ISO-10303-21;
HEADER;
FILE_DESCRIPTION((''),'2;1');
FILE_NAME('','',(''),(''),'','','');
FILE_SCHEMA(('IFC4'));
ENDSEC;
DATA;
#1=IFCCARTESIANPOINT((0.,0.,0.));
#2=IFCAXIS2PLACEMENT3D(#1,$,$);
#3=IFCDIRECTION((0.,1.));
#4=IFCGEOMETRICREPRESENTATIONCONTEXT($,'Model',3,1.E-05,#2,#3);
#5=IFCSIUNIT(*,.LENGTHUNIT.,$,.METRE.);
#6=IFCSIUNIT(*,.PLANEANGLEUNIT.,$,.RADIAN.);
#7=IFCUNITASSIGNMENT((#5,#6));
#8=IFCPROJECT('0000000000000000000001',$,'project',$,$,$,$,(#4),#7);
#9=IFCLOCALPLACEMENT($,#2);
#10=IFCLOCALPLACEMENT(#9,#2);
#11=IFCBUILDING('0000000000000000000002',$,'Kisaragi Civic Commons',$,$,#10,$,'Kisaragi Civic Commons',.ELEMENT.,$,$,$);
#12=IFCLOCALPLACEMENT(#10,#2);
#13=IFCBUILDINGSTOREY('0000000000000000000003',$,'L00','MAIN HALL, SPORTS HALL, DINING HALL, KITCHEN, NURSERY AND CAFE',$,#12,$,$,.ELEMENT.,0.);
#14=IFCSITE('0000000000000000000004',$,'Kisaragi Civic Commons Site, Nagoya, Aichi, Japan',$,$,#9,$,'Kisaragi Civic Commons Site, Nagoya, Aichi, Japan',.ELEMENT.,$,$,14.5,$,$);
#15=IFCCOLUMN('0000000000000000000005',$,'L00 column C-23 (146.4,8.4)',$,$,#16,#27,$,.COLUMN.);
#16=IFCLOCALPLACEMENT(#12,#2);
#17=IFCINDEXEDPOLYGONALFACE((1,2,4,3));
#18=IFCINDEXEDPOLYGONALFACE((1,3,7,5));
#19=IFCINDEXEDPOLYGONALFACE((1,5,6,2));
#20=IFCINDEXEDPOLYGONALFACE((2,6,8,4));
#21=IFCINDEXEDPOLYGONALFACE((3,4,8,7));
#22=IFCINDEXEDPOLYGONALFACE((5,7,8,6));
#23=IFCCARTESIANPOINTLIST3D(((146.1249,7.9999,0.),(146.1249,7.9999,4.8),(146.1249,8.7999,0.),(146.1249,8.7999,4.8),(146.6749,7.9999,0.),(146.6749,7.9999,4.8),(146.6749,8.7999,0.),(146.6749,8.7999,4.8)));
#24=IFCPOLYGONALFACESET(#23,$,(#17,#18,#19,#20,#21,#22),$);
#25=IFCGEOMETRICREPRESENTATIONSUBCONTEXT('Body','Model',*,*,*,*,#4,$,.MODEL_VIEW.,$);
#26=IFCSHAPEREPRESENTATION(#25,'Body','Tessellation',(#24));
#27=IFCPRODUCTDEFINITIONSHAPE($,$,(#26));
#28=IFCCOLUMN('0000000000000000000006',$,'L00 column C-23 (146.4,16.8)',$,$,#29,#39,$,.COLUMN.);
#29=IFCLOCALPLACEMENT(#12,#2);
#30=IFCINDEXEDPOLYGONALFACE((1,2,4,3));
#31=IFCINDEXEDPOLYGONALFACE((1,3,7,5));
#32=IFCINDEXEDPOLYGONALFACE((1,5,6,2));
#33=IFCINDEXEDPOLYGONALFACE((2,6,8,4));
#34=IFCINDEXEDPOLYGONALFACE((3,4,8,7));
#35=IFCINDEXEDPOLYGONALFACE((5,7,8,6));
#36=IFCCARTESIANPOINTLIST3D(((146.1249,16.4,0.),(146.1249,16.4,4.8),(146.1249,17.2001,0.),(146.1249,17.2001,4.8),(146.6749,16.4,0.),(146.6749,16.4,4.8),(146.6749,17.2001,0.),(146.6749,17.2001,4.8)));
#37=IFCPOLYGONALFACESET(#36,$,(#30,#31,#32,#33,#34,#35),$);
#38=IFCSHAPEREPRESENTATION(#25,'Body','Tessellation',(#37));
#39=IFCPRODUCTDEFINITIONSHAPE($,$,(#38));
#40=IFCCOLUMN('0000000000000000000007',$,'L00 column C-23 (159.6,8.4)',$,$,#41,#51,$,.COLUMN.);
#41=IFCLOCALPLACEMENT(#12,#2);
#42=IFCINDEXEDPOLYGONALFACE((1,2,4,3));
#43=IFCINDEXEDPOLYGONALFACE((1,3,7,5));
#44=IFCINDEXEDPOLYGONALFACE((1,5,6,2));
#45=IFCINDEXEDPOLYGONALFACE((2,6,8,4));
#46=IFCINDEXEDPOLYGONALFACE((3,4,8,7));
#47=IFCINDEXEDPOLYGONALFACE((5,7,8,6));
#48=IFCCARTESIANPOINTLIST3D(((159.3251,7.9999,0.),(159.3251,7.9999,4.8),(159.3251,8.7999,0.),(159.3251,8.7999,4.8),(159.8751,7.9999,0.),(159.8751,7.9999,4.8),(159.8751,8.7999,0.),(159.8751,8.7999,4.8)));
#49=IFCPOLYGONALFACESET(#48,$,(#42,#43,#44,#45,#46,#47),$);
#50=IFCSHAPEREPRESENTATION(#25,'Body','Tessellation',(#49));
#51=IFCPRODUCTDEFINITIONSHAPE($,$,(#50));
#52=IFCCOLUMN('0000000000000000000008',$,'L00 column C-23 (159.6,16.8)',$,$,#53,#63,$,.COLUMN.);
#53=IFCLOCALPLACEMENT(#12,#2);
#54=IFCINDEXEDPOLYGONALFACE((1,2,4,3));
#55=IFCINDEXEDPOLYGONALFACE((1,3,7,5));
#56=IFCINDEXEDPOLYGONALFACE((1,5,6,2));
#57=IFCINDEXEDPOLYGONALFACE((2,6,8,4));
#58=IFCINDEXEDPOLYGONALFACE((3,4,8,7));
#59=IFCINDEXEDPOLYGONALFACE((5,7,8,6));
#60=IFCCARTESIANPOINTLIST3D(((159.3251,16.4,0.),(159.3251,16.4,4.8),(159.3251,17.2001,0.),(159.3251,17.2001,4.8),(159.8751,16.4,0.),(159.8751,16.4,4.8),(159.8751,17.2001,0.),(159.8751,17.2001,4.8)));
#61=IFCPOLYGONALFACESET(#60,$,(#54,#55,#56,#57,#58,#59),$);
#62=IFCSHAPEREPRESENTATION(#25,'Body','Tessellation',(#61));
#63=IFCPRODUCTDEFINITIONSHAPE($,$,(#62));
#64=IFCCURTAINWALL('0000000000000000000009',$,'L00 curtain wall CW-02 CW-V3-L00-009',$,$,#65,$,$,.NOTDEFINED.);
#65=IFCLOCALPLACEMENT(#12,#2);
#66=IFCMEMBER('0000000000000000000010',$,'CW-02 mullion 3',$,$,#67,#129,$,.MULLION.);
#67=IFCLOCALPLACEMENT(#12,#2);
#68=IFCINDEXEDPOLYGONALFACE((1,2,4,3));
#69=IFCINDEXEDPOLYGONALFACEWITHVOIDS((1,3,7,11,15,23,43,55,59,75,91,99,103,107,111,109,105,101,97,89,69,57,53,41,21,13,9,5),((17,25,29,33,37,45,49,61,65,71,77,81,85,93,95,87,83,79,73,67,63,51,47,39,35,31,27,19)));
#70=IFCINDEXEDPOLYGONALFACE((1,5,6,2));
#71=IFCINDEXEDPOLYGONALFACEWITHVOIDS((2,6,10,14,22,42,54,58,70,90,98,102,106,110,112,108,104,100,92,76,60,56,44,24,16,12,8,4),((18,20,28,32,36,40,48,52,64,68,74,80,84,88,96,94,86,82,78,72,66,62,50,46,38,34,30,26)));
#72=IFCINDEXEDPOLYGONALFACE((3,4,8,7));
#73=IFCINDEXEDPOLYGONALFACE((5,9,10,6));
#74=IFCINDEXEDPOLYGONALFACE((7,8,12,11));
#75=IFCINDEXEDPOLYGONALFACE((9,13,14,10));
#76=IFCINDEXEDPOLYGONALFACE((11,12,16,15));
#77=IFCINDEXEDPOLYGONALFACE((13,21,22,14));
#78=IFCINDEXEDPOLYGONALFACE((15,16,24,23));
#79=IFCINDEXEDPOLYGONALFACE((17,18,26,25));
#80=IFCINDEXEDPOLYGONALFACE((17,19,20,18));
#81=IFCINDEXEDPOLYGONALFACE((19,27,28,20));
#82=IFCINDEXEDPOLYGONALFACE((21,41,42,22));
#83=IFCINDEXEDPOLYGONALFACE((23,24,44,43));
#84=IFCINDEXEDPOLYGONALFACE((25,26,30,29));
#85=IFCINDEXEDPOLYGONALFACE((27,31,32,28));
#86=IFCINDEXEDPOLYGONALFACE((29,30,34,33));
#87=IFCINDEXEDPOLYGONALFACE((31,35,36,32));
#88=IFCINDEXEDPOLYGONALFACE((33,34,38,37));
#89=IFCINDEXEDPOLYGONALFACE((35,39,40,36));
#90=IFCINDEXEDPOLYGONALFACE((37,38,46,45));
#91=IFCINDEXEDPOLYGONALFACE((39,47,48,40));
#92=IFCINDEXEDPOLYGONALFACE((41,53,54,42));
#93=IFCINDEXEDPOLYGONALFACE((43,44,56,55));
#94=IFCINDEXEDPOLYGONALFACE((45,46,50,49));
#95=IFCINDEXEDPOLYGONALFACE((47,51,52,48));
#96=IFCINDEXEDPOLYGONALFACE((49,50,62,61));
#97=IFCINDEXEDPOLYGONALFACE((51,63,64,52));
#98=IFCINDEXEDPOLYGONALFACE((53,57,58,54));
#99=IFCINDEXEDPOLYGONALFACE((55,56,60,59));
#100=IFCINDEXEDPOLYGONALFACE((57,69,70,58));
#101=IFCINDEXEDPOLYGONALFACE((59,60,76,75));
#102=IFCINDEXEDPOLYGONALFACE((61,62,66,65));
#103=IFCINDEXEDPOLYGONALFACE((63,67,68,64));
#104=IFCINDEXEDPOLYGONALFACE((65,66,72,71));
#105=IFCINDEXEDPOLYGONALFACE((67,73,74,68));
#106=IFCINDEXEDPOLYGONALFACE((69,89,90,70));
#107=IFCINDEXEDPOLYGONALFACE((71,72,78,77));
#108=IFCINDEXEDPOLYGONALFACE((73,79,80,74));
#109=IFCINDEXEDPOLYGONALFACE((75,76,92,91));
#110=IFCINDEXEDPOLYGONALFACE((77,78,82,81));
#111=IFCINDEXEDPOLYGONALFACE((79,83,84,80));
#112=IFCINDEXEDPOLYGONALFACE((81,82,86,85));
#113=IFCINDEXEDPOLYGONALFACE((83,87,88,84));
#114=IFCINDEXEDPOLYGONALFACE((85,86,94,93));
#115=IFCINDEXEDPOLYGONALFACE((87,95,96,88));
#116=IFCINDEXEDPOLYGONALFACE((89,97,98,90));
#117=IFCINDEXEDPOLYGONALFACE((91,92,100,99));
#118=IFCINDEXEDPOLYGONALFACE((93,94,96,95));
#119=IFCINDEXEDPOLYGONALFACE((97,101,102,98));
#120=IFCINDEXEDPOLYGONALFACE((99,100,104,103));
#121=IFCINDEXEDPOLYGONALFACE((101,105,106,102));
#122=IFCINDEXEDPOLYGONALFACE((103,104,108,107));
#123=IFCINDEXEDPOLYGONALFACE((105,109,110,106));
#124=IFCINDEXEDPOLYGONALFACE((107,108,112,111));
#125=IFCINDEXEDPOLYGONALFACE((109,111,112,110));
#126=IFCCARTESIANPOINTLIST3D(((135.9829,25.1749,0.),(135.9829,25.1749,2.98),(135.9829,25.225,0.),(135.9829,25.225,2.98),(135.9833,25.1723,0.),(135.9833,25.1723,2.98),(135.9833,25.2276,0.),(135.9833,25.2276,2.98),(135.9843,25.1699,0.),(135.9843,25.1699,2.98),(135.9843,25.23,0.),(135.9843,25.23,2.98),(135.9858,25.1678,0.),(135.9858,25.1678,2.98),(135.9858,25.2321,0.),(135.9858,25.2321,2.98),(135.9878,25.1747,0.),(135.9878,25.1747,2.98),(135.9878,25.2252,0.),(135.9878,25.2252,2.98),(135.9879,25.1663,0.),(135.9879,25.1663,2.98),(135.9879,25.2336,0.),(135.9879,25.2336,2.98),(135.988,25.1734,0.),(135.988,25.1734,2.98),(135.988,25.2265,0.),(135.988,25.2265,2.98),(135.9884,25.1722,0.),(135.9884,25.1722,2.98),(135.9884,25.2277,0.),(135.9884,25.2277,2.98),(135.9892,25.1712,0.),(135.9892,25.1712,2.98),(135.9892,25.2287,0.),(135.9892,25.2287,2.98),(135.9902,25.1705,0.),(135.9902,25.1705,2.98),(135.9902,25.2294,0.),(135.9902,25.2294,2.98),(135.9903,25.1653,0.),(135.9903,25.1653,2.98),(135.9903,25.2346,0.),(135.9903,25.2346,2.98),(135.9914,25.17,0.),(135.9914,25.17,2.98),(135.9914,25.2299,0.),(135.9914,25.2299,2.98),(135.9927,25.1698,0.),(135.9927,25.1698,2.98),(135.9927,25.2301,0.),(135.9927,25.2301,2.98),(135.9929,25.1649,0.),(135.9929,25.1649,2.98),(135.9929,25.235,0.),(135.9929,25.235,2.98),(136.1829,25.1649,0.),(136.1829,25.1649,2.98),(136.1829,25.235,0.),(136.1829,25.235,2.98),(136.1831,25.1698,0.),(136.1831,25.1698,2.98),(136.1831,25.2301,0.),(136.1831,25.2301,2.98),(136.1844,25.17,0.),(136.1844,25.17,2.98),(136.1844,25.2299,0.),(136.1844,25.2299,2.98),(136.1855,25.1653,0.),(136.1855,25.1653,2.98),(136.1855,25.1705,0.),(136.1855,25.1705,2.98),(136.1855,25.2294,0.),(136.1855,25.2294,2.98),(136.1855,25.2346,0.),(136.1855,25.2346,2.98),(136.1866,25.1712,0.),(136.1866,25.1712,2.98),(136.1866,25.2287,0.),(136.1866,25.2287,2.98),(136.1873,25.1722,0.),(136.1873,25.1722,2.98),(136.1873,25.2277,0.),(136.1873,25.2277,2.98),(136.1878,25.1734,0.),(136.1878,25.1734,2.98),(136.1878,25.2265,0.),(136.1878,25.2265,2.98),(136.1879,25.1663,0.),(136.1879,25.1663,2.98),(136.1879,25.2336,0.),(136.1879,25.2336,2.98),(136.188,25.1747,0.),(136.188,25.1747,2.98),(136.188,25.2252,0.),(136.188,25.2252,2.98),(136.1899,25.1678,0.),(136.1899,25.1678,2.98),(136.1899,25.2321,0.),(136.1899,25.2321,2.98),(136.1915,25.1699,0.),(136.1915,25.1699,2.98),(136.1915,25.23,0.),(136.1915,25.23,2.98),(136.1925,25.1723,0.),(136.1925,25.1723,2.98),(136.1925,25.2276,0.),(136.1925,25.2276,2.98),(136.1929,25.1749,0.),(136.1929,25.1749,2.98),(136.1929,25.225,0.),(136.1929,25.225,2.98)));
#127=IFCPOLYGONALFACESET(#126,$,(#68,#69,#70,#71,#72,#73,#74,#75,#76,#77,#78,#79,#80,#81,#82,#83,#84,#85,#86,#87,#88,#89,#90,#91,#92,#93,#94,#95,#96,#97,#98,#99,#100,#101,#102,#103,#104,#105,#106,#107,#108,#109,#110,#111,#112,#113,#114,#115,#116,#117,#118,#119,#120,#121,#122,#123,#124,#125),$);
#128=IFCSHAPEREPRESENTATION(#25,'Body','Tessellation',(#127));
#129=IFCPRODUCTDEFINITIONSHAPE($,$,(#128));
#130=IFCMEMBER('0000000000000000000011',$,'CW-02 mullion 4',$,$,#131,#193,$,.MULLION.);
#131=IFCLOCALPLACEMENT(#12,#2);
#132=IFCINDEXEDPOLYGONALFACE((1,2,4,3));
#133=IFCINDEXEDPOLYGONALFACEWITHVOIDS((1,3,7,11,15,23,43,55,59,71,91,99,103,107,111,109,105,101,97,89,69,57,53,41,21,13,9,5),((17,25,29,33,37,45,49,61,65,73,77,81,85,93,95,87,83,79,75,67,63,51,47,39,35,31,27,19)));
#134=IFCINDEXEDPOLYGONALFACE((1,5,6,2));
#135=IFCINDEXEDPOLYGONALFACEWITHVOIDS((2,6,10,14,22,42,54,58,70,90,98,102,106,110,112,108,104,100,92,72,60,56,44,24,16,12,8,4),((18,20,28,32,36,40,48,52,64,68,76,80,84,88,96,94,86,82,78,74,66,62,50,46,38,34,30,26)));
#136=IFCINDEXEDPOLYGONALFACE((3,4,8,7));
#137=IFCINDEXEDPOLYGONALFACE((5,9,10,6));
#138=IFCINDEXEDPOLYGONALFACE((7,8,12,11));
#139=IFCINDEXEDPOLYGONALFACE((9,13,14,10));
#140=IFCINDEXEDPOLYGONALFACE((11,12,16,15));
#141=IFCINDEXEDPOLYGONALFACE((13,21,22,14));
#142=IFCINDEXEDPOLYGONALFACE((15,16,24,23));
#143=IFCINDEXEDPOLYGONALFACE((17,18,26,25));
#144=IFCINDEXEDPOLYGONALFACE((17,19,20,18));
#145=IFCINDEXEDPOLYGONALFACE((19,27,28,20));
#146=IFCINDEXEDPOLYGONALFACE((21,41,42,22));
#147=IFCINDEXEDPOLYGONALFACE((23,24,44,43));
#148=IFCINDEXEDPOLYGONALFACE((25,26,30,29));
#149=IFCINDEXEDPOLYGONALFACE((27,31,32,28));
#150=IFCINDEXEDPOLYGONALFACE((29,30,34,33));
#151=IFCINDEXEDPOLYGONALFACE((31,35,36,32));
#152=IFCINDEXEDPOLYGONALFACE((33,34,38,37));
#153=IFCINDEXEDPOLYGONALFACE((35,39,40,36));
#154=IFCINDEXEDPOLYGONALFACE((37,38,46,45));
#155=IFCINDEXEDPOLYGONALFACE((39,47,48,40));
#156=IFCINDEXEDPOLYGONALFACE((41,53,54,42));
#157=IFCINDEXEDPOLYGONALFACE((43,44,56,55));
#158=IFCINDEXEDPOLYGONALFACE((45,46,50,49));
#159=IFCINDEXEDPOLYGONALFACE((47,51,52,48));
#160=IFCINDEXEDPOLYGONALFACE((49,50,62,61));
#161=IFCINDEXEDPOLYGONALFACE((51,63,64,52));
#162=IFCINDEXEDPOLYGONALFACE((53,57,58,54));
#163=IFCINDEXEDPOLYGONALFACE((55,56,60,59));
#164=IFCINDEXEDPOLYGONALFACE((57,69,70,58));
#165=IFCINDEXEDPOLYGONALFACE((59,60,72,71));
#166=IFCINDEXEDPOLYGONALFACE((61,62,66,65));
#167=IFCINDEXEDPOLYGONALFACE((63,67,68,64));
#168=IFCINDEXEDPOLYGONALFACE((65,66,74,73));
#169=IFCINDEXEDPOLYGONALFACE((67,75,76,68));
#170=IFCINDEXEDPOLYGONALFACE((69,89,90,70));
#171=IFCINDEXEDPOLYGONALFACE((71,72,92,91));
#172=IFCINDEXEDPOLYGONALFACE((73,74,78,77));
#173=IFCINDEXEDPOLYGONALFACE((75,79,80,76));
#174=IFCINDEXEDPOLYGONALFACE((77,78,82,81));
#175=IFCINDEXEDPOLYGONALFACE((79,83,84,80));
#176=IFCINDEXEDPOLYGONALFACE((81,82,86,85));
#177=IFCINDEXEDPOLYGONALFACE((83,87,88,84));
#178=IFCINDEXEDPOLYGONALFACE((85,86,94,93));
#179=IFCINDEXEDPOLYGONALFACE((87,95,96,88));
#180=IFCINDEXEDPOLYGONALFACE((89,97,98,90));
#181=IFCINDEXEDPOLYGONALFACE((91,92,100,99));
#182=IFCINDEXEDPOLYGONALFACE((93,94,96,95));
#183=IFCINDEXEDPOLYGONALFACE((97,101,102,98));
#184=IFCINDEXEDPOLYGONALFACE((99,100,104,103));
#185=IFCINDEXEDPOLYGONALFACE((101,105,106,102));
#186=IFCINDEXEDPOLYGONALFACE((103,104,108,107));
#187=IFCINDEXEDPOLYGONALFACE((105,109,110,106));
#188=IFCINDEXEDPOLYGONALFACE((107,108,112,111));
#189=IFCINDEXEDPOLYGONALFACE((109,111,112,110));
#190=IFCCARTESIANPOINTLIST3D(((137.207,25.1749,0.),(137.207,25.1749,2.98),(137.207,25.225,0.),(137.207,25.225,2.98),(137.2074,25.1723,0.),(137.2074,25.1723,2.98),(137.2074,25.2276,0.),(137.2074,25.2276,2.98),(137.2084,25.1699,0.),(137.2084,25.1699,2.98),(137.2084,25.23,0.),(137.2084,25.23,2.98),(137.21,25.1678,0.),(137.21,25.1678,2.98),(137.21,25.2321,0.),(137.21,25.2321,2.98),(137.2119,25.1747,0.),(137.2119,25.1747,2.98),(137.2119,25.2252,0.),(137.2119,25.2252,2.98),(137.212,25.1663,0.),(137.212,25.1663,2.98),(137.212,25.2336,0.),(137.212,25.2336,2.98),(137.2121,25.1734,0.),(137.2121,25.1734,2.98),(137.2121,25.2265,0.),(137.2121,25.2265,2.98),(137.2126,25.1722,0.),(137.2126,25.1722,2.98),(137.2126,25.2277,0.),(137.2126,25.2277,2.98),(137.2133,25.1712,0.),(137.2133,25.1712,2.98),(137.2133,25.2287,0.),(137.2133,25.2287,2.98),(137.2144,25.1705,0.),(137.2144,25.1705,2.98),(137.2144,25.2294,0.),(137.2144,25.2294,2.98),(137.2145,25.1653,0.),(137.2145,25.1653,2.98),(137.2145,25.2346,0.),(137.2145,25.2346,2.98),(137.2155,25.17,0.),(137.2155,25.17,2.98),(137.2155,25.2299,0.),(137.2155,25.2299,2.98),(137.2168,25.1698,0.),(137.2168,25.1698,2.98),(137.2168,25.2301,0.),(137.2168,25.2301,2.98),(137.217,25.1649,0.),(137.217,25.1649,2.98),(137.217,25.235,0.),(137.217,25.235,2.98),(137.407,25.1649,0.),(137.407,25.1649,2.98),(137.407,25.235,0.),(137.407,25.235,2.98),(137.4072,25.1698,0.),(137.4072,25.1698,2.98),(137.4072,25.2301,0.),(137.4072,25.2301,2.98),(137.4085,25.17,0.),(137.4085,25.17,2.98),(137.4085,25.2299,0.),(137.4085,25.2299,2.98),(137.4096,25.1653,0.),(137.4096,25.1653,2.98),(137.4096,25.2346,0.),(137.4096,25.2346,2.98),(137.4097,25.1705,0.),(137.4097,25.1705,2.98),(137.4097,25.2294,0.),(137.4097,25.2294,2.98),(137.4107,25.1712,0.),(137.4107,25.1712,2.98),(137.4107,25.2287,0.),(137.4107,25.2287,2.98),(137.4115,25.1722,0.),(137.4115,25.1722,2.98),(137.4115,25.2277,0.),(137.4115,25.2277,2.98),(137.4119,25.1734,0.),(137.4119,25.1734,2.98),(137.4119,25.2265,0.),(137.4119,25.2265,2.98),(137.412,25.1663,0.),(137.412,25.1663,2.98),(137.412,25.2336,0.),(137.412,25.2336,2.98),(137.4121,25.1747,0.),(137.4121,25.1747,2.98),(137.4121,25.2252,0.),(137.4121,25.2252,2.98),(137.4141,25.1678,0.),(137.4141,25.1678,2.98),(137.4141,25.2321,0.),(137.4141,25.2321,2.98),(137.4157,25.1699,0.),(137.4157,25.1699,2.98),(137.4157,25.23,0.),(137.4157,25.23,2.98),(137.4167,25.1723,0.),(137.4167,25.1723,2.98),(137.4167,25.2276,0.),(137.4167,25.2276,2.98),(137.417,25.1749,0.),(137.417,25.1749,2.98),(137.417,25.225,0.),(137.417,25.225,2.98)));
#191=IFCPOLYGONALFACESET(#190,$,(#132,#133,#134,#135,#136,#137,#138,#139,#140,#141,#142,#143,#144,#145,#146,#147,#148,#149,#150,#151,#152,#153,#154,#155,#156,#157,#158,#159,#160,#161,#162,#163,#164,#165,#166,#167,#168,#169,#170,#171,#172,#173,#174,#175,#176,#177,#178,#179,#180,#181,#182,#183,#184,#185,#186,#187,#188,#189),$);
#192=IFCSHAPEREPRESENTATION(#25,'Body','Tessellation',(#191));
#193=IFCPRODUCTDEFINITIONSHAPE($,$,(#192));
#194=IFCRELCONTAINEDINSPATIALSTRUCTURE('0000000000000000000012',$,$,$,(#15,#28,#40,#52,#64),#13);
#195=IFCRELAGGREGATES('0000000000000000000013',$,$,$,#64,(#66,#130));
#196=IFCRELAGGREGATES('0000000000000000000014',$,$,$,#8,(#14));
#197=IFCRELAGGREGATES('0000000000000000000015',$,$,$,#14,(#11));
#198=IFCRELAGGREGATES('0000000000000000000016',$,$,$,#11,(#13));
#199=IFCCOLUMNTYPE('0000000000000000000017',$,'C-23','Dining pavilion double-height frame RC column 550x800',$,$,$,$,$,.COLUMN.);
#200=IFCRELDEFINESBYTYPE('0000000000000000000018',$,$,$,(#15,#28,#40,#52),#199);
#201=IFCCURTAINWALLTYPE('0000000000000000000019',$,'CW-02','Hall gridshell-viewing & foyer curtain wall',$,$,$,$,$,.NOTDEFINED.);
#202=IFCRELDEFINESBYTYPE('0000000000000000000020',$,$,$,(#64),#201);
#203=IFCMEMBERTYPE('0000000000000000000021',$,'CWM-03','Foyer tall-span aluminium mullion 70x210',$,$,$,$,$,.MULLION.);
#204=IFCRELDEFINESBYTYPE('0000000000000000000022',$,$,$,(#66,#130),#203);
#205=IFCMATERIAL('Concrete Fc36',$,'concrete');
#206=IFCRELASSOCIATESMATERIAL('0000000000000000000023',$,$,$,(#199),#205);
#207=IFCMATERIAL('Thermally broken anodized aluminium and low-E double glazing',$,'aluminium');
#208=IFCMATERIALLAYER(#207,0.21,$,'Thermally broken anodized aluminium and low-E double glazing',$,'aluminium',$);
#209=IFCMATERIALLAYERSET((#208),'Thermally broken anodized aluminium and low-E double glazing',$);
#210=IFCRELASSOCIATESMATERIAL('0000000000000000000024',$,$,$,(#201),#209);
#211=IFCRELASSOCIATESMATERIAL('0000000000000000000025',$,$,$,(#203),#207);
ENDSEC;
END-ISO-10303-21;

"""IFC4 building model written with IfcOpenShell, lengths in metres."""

from ifc_helpers import new_model, si_unit, direction, frame, origin, origin_2d, place, context, subcontext, project, spatial, rectangle, hollow_rectangle, extrude, material, layer, layer_set, material_profile, profile_set, type_object, element, aggregate, save


model = new_model("IFC4")

# Units and contexts
model_context = context("Model", 3, precision=1e-05, world=origin(), true_north=direction((0.0, 1.0)))
body_context = subcontext(model_context, "Body", "Model", "MODEL_VIEW")
ifc_project = project(units=[si_unit("LENGTHUNIT", "METRE"), si_unit("PLANEANGLEUNIT", "RADIAN")], contexts=[model_context])

# Site, building, storey
site_placement = place(None, origin())
site = spatial("IfcSite", under=ifc_project, at=site_placement, Name="Kisaragi Civic Commons Site, Nagoya, Aichi, Japan", LongName="Kisaragi Civic Commons Site, Nagoya, Aichi, Japan", CompositionType="ELEMENT", RefElevation=14.5)
building_placement = place(site_placement, origin())
building = spatial("IfcBuilding", under=site, at=building_placement, Name="Kisaragi Civic Commons", LongName="Kisaragi Civic Commons", CompositionType="ELEMENT")
storey_placement = place(building_placement, origin())
storey = spatial("IfcBuildingStorey", under=building, at=storey_placement, Name="L00", Description="MAIN HALL, SPORTS HALL, DINING HALL, KITCHEN, NURSERY AND CAFE", CompositionType="ELEMENT", Elevation=0.0)

# Columns
ifc_material_1 = material(Name="Concrete Fc36", Category="concrete")
ifc_material_profile_1 = material_profile(ifc_material_1, rectangle(XDim=0.55, YDim=0.8, at=origin_2d()), Name="RC-550x800", Category="concrete")
ifc_profile_set_1 = profile_set([ifc_material_profile_1], Name="Concrete Fc36")
column_type = type_object("IfcColumnType", Name="C-23", Description="Dining pavilion double-height frame RC column 550x800", PredefinedType="COLUMN", material=ifc_profile_set_1)
for number, where, z_axis, x_axis, name in (
    (1, (146.3999, 8.3999, 0.0), (0.0, 0.0, 1.0), (1.0, 0.0, 0.0), "L00 column C-23 (146.4,8.4)"),
    (2, (146.3999, 16.8, 0.0), (0.0, 0.0, 1.0), (1.0, 0.0, 0.0), "L00 column C-23 (146.4,16.8)"),
    (3, (159.6001, 8.3999, 0.0), (0.0, 0.0, 1.0), (1.0, 0.0, 0.0), "L00 column C-23 (159.6,8.4)"),
    (4, (159.6001, 16.8, 0.0), (0.0, 0.0, 1.0), (1.0, 0.0, 0.0), "L00 column C-23 (159.6,16.8)"),
):
    element("IfcColumn", number, at=place(storey_placement, frame(where, z_axis=z_axis, x_axis=x_axis)), inside=storey, type_object=column_type, Name=name, PredefinedType="COLUMN", context=body_context, shape_type="SweptSolid", body=[
        extrude(rectangle(XDim=0.55, YDim=0.8, at=origin_2d()), origin(), (0.0, 0.0, 1.0), 4.8),
    ])

# Curtain wall, members
ifc_material_2 = material(Name="Thermally broken anodized aluminium and low-E double glazing", Category="aluminium")
ifc_layer_1 = layer(ifc_material_2, 0.21, Name="Thermally broken anodized aluminium and low-E double glazing", Category="aluminium")
ifc_layer_set_1 = layer_set([ifc_layer_1], Name="Thermally broken anodized aluminium and low-E double glazing")
curtain_wall_type = type_object("IfcCurtainWallType", Name="CW-02", Description="Hall gridshell-viewing & foyer curtain wall", PredefinedType="NOTDEFINED", material=ifc_layer_set_1)
curtain_wall_placement = place(storey_placement, origin())
curtain_wall = element("IfcCurtainWall", 5, at=curtain_wall_placement, inside=storey, type_object=curtain_wall_type, Name="L00 curtain wall CW-02 CW-V3-L00-009", PredefinedType="NOTDEFINED")
ifc_material_profile_2 = material_profile(ifc_material_2, hollow_rectangle(XDim=0.0701, YDim=0.21, WallThickness=0.0049, InnerFilletRadius=0.0049, OuterFilletRadius=0.01, at=origin_2d()), Name="CWM-70x210x5", Category="aluminium")
ifc_profile_set_2 = profile_set([ifc_material_profile_2], Name="Thermally broken anodized aluminium and low-E double glazing")
member_type_1 = type_object("IfcMemberType", Name="CWM-03", Description="Foyer tall-span aluminium mullion 70x210", PredefinedType="MULLION", material=ifc_profile_set_2)
member_1_placement = place(storey_placement, frame((136.0879, 25.2, 0.0), z_axis=(0.0, 0.0, 1.0), x_axis=(0.0, 1.0, 0.0)))
member_1 = element("IfcMember", 6, at=member_1_placement, type_object=member_type_1, Name="CW-02 mullion 3", PredefinedType="MULLION", context=body_context, shape_type="SweptSolid", body=[
    extrude(hollow_rectangle(XDim=0.0701, YDim=0.21, WallThickness=0.0049, InnerFilletRadius=0.0049, OuterFilletRadius=0.01, at=origin_2d()), origin(), (0.0, 0.0, 1.0), 2.98),
])
member_2_placement = place(storey_placement, frame((137.312, 25.2, 0.0), z_axis=(0.0, 0.0, 1.0), x_axis=(0.0, 1.0, 0.0)))
member_2 = element("IfcMember", 7, at=member_2_placement, type_object=member_type_1, Name="CW-02 mullion 4", PredefinedType="MULLION", context=body_context, shape_type="SweptSolid", body=[
    extrude(hollow_rectangle(XDim=0.0701, YDim=0.21, WallThickness=0.0049, InnerFilletRadius=0.0049, OuterFilletRadius=0.01, at=origin_2d()), origin(), (0.0, 0.0, 1.0), 2.98),
])

aggregate(curtain_wall, [member_1, member_2])

save(model, "model.ifc")
